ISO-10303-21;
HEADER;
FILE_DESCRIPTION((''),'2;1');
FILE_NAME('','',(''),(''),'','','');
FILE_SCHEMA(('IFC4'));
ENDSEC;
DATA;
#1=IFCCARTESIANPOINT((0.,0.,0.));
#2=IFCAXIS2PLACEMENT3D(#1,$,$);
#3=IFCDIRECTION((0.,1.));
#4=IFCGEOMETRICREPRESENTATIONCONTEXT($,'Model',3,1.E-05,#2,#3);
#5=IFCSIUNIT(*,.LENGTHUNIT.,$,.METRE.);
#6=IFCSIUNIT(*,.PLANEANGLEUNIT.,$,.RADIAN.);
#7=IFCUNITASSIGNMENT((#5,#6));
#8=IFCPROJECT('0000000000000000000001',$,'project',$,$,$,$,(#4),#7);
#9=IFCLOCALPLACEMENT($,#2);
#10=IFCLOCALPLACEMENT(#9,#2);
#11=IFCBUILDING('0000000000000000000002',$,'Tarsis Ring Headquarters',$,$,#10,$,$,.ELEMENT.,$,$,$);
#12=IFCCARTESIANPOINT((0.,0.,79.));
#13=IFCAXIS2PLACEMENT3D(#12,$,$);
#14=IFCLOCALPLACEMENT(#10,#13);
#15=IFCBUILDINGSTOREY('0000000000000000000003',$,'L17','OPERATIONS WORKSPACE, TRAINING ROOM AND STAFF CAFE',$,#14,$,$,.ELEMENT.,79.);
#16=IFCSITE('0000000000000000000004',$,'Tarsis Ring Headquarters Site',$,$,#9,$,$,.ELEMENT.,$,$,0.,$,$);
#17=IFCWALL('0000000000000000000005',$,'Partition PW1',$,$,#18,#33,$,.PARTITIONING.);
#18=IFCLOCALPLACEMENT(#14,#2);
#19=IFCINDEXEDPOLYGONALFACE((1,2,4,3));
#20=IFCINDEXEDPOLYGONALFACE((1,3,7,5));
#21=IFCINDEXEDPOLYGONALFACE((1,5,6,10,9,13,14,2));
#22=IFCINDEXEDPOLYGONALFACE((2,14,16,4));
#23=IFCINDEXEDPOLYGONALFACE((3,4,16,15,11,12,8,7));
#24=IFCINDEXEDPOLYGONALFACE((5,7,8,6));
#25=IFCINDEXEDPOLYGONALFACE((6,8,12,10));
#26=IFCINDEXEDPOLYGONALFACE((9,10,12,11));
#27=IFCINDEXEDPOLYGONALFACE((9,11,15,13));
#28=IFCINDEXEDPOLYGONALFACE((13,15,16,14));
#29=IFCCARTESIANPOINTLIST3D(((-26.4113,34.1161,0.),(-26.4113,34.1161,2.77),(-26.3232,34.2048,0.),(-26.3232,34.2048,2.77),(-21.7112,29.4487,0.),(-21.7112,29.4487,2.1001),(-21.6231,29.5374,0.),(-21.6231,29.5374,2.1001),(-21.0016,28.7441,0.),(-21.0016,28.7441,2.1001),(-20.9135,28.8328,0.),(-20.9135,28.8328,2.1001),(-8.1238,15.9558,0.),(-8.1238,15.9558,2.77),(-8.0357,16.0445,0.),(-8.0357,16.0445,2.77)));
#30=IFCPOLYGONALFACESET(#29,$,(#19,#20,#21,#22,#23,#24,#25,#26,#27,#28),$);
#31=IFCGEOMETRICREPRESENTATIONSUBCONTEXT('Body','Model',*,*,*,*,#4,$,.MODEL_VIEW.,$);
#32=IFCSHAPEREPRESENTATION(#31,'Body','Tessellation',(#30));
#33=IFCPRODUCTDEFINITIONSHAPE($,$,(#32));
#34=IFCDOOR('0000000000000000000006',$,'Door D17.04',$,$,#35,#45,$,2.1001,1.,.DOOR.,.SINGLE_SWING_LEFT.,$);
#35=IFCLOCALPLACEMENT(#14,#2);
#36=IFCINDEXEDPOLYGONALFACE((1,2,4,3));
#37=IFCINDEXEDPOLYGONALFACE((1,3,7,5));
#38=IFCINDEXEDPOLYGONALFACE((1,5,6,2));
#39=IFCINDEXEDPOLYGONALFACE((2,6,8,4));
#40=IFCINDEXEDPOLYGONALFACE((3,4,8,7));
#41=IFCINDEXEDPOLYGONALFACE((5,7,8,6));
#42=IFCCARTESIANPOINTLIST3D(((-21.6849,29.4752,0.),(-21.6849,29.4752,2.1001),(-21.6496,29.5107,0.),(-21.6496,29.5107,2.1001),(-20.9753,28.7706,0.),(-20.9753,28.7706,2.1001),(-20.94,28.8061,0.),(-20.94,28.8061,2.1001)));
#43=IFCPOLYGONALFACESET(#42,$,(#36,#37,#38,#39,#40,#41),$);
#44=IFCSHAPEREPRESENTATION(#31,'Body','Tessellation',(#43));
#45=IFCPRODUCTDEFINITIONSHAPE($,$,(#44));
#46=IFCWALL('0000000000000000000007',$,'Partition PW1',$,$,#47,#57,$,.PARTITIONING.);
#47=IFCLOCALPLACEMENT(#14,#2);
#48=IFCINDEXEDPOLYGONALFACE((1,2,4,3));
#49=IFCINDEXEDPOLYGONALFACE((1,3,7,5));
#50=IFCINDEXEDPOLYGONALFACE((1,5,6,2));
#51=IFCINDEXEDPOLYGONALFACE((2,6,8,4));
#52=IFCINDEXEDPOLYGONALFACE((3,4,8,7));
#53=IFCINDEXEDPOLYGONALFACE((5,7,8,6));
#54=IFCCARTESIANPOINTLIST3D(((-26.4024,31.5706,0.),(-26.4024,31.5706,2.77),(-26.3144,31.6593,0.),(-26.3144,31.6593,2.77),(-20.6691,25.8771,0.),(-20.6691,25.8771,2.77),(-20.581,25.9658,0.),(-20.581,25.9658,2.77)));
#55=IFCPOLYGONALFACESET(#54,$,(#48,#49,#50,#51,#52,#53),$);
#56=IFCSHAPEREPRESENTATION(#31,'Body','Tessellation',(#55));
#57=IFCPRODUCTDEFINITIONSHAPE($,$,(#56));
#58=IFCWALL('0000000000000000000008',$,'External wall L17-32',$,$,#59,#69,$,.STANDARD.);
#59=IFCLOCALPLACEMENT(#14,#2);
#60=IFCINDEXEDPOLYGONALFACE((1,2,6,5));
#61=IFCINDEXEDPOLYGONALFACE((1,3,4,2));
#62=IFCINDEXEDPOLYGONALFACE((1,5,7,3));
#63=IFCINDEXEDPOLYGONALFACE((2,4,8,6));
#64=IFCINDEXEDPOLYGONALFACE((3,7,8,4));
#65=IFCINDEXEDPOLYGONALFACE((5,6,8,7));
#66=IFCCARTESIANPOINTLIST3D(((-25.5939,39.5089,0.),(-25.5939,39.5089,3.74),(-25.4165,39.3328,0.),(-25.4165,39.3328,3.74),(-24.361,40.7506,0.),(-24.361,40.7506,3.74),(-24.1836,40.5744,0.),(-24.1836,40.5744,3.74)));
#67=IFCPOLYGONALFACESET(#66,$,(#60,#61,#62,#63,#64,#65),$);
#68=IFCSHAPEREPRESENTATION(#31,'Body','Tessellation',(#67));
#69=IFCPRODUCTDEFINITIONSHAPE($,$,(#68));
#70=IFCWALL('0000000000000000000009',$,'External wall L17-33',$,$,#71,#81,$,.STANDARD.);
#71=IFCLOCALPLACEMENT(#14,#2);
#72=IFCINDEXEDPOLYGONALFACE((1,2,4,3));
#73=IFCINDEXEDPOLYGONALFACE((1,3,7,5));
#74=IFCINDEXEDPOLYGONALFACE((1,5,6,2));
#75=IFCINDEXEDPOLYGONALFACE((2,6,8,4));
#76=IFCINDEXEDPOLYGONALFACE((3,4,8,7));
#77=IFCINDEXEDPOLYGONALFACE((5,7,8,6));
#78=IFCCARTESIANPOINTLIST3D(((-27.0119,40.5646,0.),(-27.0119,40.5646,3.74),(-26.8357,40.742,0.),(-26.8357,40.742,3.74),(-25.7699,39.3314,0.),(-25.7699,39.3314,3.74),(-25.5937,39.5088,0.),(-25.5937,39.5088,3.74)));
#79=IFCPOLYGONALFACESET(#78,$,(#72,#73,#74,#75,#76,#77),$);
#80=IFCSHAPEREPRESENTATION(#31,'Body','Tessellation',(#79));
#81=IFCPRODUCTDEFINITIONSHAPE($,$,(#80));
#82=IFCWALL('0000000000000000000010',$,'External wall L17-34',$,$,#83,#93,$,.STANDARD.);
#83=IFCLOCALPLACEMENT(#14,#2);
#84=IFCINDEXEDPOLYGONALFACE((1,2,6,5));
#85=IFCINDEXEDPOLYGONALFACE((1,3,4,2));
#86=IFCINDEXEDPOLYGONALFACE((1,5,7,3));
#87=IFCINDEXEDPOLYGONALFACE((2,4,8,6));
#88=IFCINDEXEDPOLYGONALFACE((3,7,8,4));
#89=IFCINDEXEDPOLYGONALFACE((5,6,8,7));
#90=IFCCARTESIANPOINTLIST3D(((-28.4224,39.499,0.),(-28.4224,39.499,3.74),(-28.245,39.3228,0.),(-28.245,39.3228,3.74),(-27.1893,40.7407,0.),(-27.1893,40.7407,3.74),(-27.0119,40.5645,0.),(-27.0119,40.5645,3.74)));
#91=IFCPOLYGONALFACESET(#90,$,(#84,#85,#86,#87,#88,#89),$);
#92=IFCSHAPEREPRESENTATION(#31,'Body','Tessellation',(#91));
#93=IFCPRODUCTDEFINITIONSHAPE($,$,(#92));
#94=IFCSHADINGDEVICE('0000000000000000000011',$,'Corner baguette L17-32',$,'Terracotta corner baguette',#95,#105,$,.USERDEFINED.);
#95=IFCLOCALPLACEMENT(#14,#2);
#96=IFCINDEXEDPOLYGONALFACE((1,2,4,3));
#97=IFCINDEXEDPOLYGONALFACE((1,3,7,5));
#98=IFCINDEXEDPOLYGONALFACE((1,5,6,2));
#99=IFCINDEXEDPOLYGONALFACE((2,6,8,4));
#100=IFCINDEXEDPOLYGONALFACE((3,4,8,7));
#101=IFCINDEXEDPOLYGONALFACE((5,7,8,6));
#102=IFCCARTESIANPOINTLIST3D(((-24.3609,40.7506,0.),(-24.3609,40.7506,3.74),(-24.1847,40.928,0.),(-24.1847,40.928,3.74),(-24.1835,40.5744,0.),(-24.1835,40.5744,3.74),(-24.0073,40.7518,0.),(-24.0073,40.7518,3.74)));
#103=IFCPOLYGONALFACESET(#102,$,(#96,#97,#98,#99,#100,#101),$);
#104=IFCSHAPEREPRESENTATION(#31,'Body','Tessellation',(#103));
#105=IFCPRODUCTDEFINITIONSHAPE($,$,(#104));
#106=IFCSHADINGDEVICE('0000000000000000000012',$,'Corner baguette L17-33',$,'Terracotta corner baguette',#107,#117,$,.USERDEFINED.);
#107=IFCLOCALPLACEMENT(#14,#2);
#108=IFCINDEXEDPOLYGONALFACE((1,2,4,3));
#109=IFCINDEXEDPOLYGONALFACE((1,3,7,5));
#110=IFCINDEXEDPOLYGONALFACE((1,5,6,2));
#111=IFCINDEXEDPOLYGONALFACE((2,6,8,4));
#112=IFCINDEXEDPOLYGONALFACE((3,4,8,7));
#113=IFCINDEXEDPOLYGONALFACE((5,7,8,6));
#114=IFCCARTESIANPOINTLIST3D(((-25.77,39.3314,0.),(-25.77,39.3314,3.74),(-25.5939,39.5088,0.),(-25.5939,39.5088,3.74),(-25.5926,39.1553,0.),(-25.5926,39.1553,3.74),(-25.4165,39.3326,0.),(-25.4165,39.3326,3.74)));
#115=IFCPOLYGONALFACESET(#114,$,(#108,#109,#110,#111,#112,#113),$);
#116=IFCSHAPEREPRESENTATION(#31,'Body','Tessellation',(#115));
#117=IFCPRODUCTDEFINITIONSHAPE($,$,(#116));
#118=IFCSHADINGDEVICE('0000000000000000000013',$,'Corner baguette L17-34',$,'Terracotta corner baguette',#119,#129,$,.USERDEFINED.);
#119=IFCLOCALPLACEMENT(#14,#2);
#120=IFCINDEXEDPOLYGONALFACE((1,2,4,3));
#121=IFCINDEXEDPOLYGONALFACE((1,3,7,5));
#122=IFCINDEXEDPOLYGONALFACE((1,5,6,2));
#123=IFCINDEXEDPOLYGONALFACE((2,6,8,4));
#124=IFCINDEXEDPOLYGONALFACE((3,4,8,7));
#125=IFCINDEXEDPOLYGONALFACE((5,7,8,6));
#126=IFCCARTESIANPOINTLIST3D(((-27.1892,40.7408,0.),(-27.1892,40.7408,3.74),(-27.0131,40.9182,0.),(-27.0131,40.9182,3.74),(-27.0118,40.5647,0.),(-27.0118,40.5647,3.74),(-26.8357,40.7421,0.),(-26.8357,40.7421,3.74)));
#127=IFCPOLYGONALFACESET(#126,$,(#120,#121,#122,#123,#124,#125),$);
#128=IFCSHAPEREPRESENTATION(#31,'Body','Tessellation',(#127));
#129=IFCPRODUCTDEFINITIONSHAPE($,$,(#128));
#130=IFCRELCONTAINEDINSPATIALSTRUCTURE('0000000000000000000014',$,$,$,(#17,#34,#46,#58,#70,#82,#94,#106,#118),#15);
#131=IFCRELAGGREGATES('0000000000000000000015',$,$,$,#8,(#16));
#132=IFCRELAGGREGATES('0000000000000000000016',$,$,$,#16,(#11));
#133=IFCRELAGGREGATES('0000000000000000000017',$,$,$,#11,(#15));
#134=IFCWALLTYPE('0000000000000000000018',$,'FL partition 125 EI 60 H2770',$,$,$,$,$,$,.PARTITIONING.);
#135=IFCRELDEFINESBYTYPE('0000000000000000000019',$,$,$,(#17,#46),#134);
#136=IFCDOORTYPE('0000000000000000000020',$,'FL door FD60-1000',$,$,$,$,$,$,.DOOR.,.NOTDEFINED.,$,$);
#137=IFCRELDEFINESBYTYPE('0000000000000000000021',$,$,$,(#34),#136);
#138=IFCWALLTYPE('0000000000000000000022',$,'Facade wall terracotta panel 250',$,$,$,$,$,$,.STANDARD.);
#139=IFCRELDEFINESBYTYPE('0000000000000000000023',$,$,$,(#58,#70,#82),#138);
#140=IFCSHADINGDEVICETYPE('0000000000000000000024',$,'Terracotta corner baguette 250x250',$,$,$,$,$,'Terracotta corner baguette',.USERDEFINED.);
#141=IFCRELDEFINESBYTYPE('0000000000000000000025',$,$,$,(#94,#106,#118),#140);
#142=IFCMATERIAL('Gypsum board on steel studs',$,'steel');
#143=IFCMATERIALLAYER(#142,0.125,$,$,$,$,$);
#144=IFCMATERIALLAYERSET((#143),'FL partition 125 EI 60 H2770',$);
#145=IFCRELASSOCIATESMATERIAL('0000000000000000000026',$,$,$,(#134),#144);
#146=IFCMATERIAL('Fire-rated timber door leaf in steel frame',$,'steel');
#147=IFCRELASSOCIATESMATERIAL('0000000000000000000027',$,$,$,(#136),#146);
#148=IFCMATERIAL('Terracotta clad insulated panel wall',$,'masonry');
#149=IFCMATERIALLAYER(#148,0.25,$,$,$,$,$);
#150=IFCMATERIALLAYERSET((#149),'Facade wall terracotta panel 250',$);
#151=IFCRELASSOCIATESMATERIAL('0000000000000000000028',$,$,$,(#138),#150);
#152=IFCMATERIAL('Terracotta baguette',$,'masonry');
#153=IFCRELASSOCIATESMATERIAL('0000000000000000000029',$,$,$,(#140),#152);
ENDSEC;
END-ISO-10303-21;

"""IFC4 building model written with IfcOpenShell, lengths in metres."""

from ifc_helpers import new_model, si_unit, direction, frame, frame_2d, origin, origin_2d, place, context, subcontext, project, spatial, rectangle, extrude, material, layer, layer_set, type_object, element, fill, save


model = new_model("IFC4")

# Units and contexts
model_context = context("Model", 3, precision=1e-05, world=origin(), true_north=direction((0.0, 1.0)))
body_context = subcontext(model_context, "Body", "Model", "MODEL_VIEW")
ifc_project = project(units=[si_unit("LENGTHUNIT", "METRE"), si_unit("PLANEANGLEUNIT", "RADIAN")], contexts=[model_context])

# Site, building, storey
site_placement = place(None, origin())
site = spatial("IfcSite", under=ifc_project, at=site_placement, Name="Tarsis Ring Headquarters Site", CompositionType="ELEMENT", RefElevation=0.0)
building_placement = place(site_placement, origin())
building = spatial("IfcBuilding", under=site, at=building_placement, Name="Tarsis Ring Headquarters", CompositionType="ELEMENT")
storey_placement = place(building_placement, frame((0.0, 0.0, 79.0)))
storey = spatial("IfcBuildingStorey", under=building, at=storey_placement, Name="L17", Description="OPERATIONS WORKSPACE, TRAINING ROOM AND STAFF CAFE", CompositionType="ELEMENT", Elevation=79.0)

# Shared definitions
ifc_material_1 = material(Name="Gypsum board on steel studs", Category="steel")

# Wall, opening, door
ifc_layer_1 = layer(ifc_material_1, 0.125)
ifc_layer_set_1 = layer_set([ifc_layer_1], Name="FL partition 125 EI 60 H2770")
wall_type_1 = type_object("IfcWallType", Name="FL partition 125 EI 60 H2770", PredefinedType="PARTITIONING", material=ifc_layer_set_1)
wall_1_placement = place(storey_placement, frame((-26.3672, 34.1604, 0.0), z_axis=(0.0, 0.0, 1.0), x_axis=(0.70957, -0.704635, 0.0)))
wall_1 = element("IfcWall", 1, at=wall_1_placement, inside=storey, type_object=wall_type_1, Name="Partition PW1", PredefinedType="PARTITIONING", context=body_context, shape_type="SweptSolid", body=[
    extrude(rectangle(XDim=25.7727, YDim=0.125, at=frame_2d((12.8862, 0.0))), origin(), (0.0, 0.0, 1.0), 2.77),
])
opening_placement = place(wall_1_placement, frame((6.6238, 0.0, 0.0)))
opening = element("IfcOpeningElement", 2, at=opening_placement, cuts=wall_1, PredefinedType="OPENING", context=body_context, shape_type="SweptSolid", body=[
    extrude(rectangle(XDim=1.0, YDim=2.1001, at=frame_2d((0.5, 1.05))), frame((0.0, 0.0725, 0.0), z_axis=(0.0, -1.0, 0.0), x_axis=(1.0, 0.0, 0.0)), (0.0, 0.0, 1.0), 0.145),
])
ifc_material_2 = material(Name="Fire-rated timber door leaf in steel frame", Category="steel")
door_type = type_object("IfcDoorType", Name="FL door FD60-1000", OperationType="NOTDEFINED", PredefinedType="DOOR", material=ifc_material_2)
door_placement = place(opening_placement, origin())
door = element("IfcDoor", 3, at=door_placement, inside=storey, type_object=door_type, Name="Door D17.04", OperationType="SINGLE_SWING_LEFT", OverallHeight=2.1001, OverallWidth=1.0, PredefinedType="DOOR", context=body_context, shape_type="SweptSolid", body=[
    extrude(rectangle(XDim=1.0, YDim=2.1001, at=frame_2d((0.5, 1.05))), frame((0.0, 0.0249, 0.0), z_axis=(0.0, -1.0, 0.0), x_axis=(1.0, 0.0, 0.0)), (0.0, 0.0, 1.0), 0.05),
])
fill(opening, door)

# Walls
wall_2_placement = place(storey_placement, frame((-26.3584, 31.615, 0.0), z_axis=(0.0, 0.0, 1.0), x_axis=(0.709565, -0.70464, 0.0)))
element("IfcWall", 4, at=wall_2_placement, inside=storey, type_object=wall_type_1, Name="Partition PW1", PredefinedType="PARTITIONING", context=body_context, shape_type="SweptSolid", body=[
    extrude(rectangle(XDim=8.0801, YDim=0.125, at=frame_2d((4.04, 0.0))), origin(), (0.0, 0.0, 1.0), 2.77),
])
ifc_material_3 = material(Name="Terracotta clad insulated panel wall", Category="masonry")
ifc_layer_2 = layer(ifc_material_3, 0.25)
ifc_layer_set_2 = layer_set([ifc_layer_2], Name="Facade wall terracotta panel 250")
wall_type_2 = type_object("IfcWallType", Name="Facade wall terracotta panel 250", PredefinedType="STANDARD", material=ifc_layer_set_2)
wall_3_placement = place(storey_placement, frame((-24.2722, 40.6626, 0.0), z_axis=(0.0, 0.0, 1.0), x_axis=(-0.704591, -0.709614, 0.0)))
element("IfcWall", 5, at=wall_3_placement, inside=storey, type_object=wall_type_2, Name="External wall L17-32", PredefinedType="STANDARD", context=body_context, shape_type="SweptSolid", body=[
    extrude(rectangle(XDim=1.7498, YDim=0.25, at=frame_2d((0.875, 0.0))), origin(), (0.0, 0.0, 1.0), 3.74),
])
wall_4_placement = place(storey_placement, frame((-25.6819, 39.4202, 0.0), z_axis=(0.0, 0.0, 1.0), x_axis=(-0.709613, 0.704591, 0.0)))
element("IfcWall", 6, at=wall_4_placement, inside=storey, type_object=wall_type_2, Name="External wall L17-33", PredefinedType="STANDARD", context=body_context, shape_type="SweptSolid", body=[
    extrude(rectangle(XDim=1.7502, YDim=0.25, at=frame_2d((0.875, 0.0))), origin(), (0.0, 0.0, 1.0), 3.74),
])
wall_5_placement = place(storey_placement, frame((-27.1006, 40.6526, 0.0), z_axis=(0.0, 0.0, 1.0), x_axis=(-0.704661, -0.709544, 0.0)))
element("IfcWall", 7, at=wall_5_placement, inside=storey, type_object=wall_type_2, Name="External wall L17-34", PredefinedType="STANDARD", context=body_context, shape_type="SweptSolid", body=[
    extrude(rectangle(XDim=1.75, YDim=0.25, at=frame_2d((0.875, 0.0))), origin(), (0.0, 0.0, 1.0), 3.74),
])

# Shading devices
ifc_material_4 = material(Name="Terracotta baguette", Category="masonry")
shading_device_type_1 = type_object("IfcShadingDeviceType", Name="Terracotta corner baguette 250x250", ElementType="Terracotta corner baguette", PredefinedType="USERDEFINED", material=ifc_material_4)
for number, where, z_axis, x_axis, name in (
    (8, (-24.1841, 40.7512, 0.0), (0.0, 0.0, 1.0), (-0.709571, 0.704634, 0.0), "Corner baguette L17-32"),
    (9, (-25.5933, 39.332, 0.0), (0.0, 0.0, 1.0), (-0.704634, -0.709571, 0.0), "Corner baguette L17-33"),
    (10, (-27.0125, 40.7415, 0.0), (0.0, 0.0, 1.0), (-0.709571, 0.704634, 0.0), "Corner baguette L17-34"),
):
    element("IfcShadingDevice", number, at=place(storey_placement, frame(where, z_axis=z_axis, x_axis=x_axis)), inside=storey, type_object=shading_device_type_1, Name=name, ObjectType="Terracotta corner baguette", PredefinedType="USERDEFINED", context=body_context, shape_type="SweptSolid", body=[
        extrude(rectangle(XDim=0.25, YDim=0.25, at=origin_2d()), origin(), (0.0, 0.0, 1.0), 3.74),
    ])

save(model, "model.ifc")
